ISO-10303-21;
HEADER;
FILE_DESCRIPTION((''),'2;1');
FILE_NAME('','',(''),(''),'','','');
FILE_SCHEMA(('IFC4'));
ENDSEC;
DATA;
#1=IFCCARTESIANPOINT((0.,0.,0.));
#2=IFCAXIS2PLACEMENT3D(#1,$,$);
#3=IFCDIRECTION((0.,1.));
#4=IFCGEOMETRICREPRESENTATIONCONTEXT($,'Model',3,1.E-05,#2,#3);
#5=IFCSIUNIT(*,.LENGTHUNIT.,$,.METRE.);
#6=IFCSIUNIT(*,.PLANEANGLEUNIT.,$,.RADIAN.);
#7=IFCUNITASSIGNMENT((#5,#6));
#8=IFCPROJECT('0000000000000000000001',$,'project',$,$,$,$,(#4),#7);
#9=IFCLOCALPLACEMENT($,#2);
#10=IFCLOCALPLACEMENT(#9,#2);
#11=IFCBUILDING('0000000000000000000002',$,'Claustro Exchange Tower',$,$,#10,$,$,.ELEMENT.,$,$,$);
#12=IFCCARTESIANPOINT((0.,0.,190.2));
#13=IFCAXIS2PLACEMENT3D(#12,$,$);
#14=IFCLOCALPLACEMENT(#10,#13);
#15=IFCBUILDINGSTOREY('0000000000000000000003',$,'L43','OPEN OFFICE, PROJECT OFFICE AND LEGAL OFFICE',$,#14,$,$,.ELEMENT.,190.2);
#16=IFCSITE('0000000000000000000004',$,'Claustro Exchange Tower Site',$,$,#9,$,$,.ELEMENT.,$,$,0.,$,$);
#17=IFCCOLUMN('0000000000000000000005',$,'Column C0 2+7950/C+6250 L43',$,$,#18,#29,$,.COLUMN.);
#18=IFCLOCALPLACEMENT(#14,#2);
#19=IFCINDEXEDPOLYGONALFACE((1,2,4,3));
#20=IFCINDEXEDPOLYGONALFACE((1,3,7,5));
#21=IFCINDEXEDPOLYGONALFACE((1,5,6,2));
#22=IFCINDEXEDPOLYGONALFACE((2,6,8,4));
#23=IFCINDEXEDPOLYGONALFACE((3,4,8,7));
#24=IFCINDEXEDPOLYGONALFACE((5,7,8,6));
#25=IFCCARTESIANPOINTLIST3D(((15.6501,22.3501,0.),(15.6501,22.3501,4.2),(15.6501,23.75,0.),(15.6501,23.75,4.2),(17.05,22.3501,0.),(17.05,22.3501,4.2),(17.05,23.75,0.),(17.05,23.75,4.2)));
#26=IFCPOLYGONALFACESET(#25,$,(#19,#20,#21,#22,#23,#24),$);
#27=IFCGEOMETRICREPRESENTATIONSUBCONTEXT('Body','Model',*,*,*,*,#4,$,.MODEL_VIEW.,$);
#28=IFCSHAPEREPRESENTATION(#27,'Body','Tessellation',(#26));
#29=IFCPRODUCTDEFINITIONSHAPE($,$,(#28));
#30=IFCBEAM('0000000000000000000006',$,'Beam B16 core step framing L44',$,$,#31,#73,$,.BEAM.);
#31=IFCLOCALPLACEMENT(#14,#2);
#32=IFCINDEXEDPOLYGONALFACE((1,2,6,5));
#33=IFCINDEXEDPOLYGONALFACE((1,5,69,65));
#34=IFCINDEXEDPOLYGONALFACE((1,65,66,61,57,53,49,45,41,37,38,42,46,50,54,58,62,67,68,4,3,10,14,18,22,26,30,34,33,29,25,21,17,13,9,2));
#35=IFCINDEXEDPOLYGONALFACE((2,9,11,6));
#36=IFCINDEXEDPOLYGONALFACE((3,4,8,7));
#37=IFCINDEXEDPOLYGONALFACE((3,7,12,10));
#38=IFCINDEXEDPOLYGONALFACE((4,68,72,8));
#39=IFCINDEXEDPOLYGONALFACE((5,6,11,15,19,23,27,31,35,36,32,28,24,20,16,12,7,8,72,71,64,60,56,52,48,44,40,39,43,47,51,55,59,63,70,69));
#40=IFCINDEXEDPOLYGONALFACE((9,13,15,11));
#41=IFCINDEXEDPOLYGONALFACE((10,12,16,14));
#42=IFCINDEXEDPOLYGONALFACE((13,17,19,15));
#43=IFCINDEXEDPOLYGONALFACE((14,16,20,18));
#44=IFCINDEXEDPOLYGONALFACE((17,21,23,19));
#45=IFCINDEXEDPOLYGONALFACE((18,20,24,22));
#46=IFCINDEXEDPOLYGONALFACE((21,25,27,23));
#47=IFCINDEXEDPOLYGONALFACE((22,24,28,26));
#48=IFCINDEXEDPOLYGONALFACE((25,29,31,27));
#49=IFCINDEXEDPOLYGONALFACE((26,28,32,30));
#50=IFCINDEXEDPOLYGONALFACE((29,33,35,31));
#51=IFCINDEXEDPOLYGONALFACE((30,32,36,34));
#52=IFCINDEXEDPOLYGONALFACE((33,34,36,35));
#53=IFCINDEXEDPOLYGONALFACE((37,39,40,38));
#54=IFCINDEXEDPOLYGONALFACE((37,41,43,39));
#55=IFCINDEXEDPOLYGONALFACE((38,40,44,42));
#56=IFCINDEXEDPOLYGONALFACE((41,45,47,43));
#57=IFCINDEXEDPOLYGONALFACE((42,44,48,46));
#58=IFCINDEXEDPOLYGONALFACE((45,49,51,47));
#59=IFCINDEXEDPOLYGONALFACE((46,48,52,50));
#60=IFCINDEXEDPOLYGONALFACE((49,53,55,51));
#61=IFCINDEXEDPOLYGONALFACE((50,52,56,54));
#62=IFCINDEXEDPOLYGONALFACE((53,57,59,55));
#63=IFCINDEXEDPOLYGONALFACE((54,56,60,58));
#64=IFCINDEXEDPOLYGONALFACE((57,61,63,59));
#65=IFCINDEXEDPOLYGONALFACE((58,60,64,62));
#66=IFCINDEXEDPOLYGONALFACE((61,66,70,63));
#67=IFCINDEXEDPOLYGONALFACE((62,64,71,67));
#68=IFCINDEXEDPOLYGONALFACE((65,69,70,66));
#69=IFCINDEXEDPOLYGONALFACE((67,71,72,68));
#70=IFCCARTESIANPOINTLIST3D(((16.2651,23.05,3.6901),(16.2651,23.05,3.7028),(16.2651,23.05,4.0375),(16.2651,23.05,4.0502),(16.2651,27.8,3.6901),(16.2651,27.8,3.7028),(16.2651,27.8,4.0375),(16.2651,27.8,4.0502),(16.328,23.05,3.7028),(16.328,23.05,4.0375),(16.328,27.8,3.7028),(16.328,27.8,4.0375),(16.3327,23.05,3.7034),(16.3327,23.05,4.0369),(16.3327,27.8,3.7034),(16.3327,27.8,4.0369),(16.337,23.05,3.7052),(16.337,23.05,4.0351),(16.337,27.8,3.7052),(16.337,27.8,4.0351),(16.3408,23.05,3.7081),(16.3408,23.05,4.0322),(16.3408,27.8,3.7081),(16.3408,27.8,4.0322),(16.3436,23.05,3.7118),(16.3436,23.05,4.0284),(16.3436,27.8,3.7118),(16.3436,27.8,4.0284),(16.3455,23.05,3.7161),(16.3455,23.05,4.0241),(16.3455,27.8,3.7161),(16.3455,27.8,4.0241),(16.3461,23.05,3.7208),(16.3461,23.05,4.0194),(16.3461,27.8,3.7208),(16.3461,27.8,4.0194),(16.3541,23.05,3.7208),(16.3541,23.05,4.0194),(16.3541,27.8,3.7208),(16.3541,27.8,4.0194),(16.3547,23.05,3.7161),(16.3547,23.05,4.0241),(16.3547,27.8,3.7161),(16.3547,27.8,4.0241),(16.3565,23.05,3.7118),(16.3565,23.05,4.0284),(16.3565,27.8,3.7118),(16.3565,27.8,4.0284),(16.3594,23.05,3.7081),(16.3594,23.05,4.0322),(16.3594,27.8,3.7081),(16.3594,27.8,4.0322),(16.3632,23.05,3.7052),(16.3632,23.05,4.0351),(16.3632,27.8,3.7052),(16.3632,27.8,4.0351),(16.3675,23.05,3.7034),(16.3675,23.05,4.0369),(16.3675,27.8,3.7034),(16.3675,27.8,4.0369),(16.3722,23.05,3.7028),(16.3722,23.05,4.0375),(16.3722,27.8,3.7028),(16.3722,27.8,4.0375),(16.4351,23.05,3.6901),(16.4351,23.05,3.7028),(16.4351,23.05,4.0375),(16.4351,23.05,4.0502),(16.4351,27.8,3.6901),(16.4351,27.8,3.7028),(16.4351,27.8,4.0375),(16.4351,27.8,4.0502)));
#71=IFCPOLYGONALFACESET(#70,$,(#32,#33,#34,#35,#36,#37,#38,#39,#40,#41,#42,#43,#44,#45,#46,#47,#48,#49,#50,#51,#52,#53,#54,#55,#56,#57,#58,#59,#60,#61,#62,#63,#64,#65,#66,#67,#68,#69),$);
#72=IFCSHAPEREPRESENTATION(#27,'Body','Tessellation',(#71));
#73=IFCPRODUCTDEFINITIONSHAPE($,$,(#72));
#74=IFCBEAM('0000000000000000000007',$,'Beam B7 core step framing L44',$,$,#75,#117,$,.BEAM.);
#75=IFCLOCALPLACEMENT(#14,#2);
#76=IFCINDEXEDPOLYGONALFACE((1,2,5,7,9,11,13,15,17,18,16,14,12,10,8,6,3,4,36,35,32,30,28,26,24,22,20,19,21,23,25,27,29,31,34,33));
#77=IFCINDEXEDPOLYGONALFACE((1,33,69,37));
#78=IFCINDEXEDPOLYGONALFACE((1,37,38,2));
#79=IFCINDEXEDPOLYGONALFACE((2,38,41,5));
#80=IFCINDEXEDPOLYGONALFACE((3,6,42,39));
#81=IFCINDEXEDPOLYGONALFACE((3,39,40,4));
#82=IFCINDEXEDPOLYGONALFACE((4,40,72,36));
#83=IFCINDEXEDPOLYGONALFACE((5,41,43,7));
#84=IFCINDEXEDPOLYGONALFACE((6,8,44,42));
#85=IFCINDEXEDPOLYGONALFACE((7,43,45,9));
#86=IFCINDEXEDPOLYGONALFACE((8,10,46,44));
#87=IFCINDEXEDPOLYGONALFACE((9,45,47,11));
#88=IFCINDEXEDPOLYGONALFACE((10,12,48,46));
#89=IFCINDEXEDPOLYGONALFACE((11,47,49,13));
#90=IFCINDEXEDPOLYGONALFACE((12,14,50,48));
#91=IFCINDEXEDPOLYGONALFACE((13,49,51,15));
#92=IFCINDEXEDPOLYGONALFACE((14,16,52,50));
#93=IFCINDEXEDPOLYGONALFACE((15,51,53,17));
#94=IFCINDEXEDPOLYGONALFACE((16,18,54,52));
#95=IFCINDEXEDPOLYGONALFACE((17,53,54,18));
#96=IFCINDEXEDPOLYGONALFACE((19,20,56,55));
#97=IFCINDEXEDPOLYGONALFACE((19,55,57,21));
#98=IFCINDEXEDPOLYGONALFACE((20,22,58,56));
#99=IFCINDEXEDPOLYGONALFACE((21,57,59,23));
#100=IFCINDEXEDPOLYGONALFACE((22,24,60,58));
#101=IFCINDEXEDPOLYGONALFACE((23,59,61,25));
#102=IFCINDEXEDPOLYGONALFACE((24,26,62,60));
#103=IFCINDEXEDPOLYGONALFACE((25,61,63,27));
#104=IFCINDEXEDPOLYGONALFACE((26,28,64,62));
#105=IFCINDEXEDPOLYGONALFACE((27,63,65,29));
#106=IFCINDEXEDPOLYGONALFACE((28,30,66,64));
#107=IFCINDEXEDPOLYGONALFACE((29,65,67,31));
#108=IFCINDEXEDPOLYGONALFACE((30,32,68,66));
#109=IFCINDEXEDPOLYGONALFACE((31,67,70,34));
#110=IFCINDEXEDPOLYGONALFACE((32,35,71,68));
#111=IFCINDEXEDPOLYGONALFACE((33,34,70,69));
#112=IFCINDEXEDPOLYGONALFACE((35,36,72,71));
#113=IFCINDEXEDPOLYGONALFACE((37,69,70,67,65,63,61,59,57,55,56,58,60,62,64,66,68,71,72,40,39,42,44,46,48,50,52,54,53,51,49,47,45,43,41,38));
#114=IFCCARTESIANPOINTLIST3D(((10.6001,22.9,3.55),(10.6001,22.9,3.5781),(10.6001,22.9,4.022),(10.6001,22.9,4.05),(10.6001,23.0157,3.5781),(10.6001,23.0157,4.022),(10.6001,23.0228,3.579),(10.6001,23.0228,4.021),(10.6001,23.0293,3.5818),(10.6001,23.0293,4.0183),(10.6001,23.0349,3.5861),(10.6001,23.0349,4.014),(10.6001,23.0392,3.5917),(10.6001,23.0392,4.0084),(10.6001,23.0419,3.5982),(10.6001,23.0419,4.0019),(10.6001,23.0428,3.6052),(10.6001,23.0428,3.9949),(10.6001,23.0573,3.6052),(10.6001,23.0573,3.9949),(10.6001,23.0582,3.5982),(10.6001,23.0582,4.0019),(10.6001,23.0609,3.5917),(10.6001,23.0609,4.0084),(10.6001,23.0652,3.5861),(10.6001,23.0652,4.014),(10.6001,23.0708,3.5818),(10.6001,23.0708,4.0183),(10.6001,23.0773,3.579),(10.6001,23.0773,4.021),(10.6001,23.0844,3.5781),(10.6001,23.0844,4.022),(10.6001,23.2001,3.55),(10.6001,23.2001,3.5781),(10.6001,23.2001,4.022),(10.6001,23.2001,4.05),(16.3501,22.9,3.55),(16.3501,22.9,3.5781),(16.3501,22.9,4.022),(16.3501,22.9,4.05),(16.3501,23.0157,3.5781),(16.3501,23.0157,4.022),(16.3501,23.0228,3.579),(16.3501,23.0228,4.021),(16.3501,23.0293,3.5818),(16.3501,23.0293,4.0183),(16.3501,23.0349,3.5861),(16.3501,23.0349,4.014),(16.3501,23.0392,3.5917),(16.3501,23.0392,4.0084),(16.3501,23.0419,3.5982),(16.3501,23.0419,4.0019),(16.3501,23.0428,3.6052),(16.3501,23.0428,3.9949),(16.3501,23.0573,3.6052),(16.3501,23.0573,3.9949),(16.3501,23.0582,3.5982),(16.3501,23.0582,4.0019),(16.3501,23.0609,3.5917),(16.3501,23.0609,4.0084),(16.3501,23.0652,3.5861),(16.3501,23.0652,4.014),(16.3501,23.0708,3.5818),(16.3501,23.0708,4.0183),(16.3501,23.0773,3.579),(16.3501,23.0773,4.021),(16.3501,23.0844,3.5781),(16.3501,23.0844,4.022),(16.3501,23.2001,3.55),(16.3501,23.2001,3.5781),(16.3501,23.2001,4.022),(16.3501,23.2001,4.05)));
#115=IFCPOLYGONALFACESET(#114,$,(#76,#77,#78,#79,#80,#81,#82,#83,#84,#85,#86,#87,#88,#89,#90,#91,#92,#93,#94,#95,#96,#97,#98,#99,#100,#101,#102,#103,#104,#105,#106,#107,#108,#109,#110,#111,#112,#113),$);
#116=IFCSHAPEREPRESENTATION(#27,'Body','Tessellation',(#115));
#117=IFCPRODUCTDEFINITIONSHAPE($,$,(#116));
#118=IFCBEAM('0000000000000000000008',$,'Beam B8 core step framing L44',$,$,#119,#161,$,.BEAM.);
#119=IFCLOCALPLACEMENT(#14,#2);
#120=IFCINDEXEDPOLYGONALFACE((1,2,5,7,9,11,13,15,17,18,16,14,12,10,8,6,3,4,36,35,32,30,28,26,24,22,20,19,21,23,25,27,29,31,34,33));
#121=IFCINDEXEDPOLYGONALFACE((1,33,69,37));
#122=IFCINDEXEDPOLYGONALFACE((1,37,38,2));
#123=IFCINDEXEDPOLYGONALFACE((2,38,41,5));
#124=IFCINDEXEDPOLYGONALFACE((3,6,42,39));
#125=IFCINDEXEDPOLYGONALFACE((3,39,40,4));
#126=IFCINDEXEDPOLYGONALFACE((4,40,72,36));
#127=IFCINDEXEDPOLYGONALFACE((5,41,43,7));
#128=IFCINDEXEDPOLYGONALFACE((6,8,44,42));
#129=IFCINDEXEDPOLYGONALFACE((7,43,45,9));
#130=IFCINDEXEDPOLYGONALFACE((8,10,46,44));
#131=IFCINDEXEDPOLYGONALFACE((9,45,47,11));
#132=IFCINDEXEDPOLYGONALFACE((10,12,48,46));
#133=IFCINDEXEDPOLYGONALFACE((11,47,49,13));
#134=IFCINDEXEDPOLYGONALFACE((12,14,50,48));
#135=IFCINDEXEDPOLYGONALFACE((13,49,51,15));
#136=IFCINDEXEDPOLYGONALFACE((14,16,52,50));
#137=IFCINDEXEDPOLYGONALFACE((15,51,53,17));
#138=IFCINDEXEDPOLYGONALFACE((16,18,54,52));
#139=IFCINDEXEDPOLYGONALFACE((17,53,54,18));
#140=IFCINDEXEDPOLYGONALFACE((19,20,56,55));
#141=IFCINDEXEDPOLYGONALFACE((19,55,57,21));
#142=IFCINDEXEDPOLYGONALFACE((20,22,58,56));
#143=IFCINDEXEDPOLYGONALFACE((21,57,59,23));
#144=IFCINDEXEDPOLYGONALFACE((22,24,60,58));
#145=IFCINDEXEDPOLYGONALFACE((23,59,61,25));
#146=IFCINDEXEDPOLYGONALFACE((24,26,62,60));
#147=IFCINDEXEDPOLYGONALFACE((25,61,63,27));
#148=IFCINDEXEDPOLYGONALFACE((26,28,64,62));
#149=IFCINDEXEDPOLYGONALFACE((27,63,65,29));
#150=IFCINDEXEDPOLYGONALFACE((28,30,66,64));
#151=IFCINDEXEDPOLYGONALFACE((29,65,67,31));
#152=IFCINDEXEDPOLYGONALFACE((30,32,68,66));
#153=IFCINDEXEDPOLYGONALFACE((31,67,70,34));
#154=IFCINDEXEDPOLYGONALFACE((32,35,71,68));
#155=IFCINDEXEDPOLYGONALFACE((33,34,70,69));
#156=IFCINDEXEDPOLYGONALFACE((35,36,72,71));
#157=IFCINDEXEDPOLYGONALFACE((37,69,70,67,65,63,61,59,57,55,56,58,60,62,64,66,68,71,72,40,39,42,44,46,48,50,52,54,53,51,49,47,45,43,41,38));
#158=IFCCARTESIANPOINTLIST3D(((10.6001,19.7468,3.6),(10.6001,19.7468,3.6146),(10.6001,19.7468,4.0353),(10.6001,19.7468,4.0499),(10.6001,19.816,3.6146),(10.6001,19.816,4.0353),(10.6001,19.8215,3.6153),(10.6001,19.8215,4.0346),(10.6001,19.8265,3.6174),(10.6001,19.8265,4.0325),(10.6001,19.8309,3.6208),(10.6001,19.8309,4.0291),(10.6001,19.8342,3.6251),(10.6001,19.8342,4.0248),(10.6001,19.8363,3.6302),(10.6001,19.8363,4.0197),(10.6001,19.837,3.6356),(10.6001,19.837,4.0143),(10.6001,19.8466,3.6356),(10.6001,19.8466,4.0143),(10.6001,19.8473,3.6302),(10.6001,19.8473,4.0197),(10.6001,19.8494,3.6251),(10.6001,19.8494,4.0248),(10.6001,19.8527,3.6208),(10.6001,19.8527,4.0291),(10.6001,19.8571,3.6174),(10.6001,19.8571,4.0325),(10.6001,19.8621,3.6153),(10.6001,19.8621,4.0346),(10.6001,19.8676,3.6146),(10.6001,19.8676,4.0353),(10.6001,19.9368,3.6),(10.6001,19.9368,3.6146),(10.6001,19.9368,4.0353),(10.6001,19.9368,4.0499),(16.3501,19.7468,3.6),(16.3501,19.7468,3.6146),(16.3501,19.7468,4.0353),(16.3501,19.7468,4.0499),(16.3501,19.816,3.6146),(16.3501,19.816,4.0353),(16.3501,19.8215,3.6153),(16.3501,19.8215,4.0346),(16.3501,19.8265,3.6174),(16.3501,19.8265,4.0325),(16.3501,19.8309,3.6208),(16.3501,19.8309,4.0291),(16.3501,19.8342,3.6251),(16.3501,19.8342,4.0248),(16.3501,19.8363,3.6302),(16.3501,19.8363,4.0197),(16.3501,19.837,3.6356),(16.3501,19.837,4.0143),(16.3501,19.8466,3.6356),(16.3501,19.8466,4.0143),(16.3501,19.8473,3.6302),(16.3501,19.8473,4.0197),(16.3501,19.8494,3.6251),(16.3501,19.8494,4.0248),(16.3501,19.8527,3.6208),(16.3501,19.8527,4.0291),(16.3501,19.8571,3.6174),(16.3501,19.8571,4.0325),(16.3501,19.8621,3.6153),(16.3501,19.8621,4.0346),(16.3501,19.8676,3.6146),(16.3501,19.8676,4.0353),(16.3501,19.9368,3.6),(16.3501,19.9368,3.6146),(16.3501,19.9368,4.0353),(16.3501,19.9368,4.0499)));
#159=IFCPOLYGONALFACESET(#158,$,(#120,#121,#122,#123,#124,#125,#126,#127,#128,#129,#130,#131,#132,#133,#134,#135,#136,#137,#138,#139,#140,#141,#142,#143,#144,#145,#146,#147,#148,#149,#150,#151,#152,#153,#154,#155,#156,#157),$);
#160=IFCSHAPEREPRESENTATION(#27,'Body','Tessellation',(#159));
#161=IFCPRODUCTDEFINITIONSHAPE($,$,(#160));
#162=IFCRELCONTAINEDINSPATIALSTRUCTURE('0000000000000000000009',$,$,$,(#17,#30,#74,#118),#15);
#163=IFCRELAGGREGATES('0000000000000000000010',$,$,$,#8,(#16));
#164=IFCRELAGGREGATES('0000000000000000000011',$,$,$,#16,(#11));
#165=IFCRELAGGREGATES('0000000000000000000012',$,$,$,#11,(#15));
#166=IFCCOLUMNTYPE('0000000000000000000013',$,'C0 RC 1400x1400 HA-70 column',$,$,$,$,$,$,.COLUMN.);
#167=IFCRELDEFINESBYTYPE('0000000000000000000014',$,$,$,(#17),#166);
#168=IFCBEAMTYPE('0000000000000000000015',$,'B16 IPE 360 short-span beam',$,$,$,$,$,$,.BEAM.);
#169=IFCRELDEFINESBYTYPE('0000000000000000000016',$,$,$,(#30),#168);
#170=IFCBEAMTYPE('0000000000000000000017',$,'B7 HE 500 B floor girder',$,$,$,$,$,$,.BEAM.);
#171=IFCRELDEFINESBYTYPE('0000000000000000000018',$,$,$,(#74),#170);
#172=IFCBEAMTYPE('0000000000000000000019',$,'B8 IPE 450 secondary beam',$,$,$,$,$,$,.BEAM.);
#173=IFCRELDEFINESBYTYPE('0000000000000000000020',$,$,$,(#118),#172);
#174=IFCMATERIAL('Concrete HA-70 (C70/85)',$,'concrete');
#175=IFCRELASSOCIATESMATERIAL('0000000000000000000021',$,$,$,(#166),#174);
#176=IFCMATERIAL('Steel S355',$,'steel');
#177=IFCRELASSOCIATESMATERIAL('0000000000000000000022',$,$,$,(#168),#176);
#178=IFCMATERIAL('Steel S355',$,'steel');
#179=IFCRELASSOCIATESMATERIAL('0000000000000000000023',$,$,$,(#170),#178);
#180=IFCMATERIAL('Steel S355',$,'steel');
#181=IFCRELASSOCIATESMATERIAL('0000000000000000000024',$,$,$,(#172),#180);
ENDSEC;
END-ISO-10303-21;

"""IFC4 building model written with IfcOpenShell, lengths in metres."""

from ifc_helpers import new_model, si_unit, direction, frame, origin, origin_2d, place, context, subcontext, project, spatial, rectangle, i_section, extrude, material, material_profile, profile_set, type_object, element, save


model = new_model("IFC4")

# Units and contexts
model_context = context("Model", 3, precision=1e-05, world=origin(), true_north=direction((0.0, 1.0)))
body_context = subcontext(model_context, "Body", "Model", "MODEL_VIEW")
ifc_project = project(units=[si_unit("LENGTHUNIT", "METRE"), si_unit("PLANEANGLEUNIT", "RADIAN")], contexts=[model_context])

# Site, building, storey
site_placement = place(None, origin())
site = spatial("IfcSite", under=ifc_project, at=site_placement, Name="Claustro Exchange Tower Site", CompositionType="ELEMENT", RefElevation=0.0)
building_placement = place(site_placement, origin())
building = spatial("IfcBuilding", under=site, at=building_placement, Name="Claustro Exchange Tower", CompositionType="ELEMENT")
storey_placement = place(building_placement, frame((0.0, 0.0, 190.2)))
storey = spatial("IfcBuildingStorey", under=building, at=storey_placement, Name="L43", Description="OPEN OFFICE, PROJECT OFFICE AND LEGAL OFFICE", CompositionType="ELEMENT", Elevation=190.2)

# Column
ifc_material_1 = material(Name="Concrete HA-70 (C70/85)", Category="concrete")
ifc_material_profile_1 = material_profile(ifc_material_1, rectangle(XDim=1.3999, YDim=1.3999, at=origin_2d()), Name="RC 1400x1400")
ifc_profile_set_1 = profile_set([ifc_material_profile_1], Name="Concrete HA-70 (C70/85)")
column_type = type_object("IfcColumnType", Name="C0 RC 1400x1400 HA-70 column", PredefinedType="COLUMN", material=ifc_profile_set_1)
column_placement = place(storey_placement, frame((16.3501, 23.05, 0.0), z_axis=(0.0, 0.0, 1.0), x_axis=(1.0, 0.0, 0.0)))
element("IfcColumn", 1, at=column_placement, inside=storey, type_object=column_type, Name="Column C0 2+7950/C+6250 L43", PredefinedType="COLUMN", context=body_context, shape_type="SweptSolid", body=[
    extrude(rectangle(XDim=1.3999, YDim=1.3999, at=origin_2d()), origin(), (0.0, 0.0, 1.0), 4.2),
])

# Beams
ifc_material_2 = material(Name="Steel S355", Category="steel")
ifc_material_profile_2 = material_profile(ifc_material_2, i_section(OverallWidth=0.1699, OverallDepth=0.3601, WebThickness=0.0081, FlangeThickness=0.0127, FilletRadius=0.0181, at=origin_2d()), Name="IPE 360")
ifc_profile_set_2 = profile_set([ifc_material_profile_2], Name="Steel S355")
beam_type_1 = type_object("IfcBeamType", Name="B16 IPE 360 short-span beam", PredefinedType="BEAM", material=ifc_profile_set_2)
beam_1_placement = place(storey_placement, frame((16.3501, 23.05, 3.8701), z_axis=(0.0, 1.0, 0.0), x_axis=(-1.0, 0.0, 0.0)))
element("IfcBeam", 2, at=beam_1_placement, inside=storey, type_object=beam_type_1, Name="Beam B16 core step framing L44", PredefinedType="BEAM", context=body_context, shape_type="SweptSolid", body=[
    extrude(i_section(OverallWidth=0.1699, OverallDepth=0.3601, WebThickness=0.0081, FlangeThickness=0.0127, FilletRadius=0.0181, at=origin_2d()), origin(), (0.0, 0.0, 1.0), 4.75),
])
ifc_material_3 = material(Name="Steel S355", Category="steel")
ifc_material_profile_3 = material_profile(ifc_material_3, i_section(OverallWidth=0.3, OverallDepth=0.5, WebThickness=0.0144, FlangeThickness=0.0281, FilletRadius=0.0271, at=origin_2d()), Name="HE 500 B")
ifc_profile_set_3 = profile_set([ifc_material_profile_3], Name="Steel S355")
beam_type_2 = type_object("IfcBeamType", Name="B7 HE 500 B floor girder", PredefinedType="BEAM", material=ifc_profile_set_3)
beam_2_placement = place(storey_placement, frame((10.6001, 23.05, 3.8), z_axis=(1.0, 0.0, 0.0), x_axis=(0.0, 1.0, 0.0)))
element("IfcBeam", 3, at=beam_2_placement, inside=storey, type_object=beam_type_2, Name="Beam B7 core step framing L44", PredefinedType="BEAM", context=body_context, shape_type="SweptSolid", body=[
    extrude(i_section(OverallWidth=0.3, OverallDepth=0.5, WebThickness=0.0144, FlangeThickness=0.0281, FilletRadius=0.0271, at=origin_2d()), origin(), (0.0, 0.0, 1.0), 5.75),
])
ifc_material_4 = material(Name="Steel S355", Category="steel")
ifc_material_profile_4 = material_profile(ifc_material_4, i_section(OverallWidth=0.1899, OverallDepth=0.45, WebThickness=0.0095, FlangeThickness=0.0146, FilletRadius=0.021, at=origin_2d()), Name="IPE 450")
ifc_profile_set_4 = profile_set([ifc_material_profile_4], Name="Steel S355")
beam_type_3 = type_object("IfcBeamType", Name="B8 IPE 450 secondary beam", PredefinedType="BEAM", material=ifc_profile_set_4)
for number, where, z_axis, x_axis, name in (
    (4, (10.6001, 19.8418, 3.825), (1.0, 0.0, 0.0), (0.0, 1.0, 0.0), "Beam B8 core step framing L44"),
):
    element("IfcBeam", number, at=place(storey_placement, frame(where, z_axis=z_axis, x_axis=x_axis)), inside=storey, type_object=beam_type_3, Name=name, PredefinedType="BEAM", context=body_context, shape_type="SweptSolid", body=[
        extrude(i_section(OverallWidth=0.1899, OverallDepth=0.45, WebThickness=0.0095, FlangeThickness=0.0146, FilletRadius=0.021, at=origin_2d()), origin(), (0.0, 0.0, 1.0), 5.75),
    ])

save(model, "model.ifc")
